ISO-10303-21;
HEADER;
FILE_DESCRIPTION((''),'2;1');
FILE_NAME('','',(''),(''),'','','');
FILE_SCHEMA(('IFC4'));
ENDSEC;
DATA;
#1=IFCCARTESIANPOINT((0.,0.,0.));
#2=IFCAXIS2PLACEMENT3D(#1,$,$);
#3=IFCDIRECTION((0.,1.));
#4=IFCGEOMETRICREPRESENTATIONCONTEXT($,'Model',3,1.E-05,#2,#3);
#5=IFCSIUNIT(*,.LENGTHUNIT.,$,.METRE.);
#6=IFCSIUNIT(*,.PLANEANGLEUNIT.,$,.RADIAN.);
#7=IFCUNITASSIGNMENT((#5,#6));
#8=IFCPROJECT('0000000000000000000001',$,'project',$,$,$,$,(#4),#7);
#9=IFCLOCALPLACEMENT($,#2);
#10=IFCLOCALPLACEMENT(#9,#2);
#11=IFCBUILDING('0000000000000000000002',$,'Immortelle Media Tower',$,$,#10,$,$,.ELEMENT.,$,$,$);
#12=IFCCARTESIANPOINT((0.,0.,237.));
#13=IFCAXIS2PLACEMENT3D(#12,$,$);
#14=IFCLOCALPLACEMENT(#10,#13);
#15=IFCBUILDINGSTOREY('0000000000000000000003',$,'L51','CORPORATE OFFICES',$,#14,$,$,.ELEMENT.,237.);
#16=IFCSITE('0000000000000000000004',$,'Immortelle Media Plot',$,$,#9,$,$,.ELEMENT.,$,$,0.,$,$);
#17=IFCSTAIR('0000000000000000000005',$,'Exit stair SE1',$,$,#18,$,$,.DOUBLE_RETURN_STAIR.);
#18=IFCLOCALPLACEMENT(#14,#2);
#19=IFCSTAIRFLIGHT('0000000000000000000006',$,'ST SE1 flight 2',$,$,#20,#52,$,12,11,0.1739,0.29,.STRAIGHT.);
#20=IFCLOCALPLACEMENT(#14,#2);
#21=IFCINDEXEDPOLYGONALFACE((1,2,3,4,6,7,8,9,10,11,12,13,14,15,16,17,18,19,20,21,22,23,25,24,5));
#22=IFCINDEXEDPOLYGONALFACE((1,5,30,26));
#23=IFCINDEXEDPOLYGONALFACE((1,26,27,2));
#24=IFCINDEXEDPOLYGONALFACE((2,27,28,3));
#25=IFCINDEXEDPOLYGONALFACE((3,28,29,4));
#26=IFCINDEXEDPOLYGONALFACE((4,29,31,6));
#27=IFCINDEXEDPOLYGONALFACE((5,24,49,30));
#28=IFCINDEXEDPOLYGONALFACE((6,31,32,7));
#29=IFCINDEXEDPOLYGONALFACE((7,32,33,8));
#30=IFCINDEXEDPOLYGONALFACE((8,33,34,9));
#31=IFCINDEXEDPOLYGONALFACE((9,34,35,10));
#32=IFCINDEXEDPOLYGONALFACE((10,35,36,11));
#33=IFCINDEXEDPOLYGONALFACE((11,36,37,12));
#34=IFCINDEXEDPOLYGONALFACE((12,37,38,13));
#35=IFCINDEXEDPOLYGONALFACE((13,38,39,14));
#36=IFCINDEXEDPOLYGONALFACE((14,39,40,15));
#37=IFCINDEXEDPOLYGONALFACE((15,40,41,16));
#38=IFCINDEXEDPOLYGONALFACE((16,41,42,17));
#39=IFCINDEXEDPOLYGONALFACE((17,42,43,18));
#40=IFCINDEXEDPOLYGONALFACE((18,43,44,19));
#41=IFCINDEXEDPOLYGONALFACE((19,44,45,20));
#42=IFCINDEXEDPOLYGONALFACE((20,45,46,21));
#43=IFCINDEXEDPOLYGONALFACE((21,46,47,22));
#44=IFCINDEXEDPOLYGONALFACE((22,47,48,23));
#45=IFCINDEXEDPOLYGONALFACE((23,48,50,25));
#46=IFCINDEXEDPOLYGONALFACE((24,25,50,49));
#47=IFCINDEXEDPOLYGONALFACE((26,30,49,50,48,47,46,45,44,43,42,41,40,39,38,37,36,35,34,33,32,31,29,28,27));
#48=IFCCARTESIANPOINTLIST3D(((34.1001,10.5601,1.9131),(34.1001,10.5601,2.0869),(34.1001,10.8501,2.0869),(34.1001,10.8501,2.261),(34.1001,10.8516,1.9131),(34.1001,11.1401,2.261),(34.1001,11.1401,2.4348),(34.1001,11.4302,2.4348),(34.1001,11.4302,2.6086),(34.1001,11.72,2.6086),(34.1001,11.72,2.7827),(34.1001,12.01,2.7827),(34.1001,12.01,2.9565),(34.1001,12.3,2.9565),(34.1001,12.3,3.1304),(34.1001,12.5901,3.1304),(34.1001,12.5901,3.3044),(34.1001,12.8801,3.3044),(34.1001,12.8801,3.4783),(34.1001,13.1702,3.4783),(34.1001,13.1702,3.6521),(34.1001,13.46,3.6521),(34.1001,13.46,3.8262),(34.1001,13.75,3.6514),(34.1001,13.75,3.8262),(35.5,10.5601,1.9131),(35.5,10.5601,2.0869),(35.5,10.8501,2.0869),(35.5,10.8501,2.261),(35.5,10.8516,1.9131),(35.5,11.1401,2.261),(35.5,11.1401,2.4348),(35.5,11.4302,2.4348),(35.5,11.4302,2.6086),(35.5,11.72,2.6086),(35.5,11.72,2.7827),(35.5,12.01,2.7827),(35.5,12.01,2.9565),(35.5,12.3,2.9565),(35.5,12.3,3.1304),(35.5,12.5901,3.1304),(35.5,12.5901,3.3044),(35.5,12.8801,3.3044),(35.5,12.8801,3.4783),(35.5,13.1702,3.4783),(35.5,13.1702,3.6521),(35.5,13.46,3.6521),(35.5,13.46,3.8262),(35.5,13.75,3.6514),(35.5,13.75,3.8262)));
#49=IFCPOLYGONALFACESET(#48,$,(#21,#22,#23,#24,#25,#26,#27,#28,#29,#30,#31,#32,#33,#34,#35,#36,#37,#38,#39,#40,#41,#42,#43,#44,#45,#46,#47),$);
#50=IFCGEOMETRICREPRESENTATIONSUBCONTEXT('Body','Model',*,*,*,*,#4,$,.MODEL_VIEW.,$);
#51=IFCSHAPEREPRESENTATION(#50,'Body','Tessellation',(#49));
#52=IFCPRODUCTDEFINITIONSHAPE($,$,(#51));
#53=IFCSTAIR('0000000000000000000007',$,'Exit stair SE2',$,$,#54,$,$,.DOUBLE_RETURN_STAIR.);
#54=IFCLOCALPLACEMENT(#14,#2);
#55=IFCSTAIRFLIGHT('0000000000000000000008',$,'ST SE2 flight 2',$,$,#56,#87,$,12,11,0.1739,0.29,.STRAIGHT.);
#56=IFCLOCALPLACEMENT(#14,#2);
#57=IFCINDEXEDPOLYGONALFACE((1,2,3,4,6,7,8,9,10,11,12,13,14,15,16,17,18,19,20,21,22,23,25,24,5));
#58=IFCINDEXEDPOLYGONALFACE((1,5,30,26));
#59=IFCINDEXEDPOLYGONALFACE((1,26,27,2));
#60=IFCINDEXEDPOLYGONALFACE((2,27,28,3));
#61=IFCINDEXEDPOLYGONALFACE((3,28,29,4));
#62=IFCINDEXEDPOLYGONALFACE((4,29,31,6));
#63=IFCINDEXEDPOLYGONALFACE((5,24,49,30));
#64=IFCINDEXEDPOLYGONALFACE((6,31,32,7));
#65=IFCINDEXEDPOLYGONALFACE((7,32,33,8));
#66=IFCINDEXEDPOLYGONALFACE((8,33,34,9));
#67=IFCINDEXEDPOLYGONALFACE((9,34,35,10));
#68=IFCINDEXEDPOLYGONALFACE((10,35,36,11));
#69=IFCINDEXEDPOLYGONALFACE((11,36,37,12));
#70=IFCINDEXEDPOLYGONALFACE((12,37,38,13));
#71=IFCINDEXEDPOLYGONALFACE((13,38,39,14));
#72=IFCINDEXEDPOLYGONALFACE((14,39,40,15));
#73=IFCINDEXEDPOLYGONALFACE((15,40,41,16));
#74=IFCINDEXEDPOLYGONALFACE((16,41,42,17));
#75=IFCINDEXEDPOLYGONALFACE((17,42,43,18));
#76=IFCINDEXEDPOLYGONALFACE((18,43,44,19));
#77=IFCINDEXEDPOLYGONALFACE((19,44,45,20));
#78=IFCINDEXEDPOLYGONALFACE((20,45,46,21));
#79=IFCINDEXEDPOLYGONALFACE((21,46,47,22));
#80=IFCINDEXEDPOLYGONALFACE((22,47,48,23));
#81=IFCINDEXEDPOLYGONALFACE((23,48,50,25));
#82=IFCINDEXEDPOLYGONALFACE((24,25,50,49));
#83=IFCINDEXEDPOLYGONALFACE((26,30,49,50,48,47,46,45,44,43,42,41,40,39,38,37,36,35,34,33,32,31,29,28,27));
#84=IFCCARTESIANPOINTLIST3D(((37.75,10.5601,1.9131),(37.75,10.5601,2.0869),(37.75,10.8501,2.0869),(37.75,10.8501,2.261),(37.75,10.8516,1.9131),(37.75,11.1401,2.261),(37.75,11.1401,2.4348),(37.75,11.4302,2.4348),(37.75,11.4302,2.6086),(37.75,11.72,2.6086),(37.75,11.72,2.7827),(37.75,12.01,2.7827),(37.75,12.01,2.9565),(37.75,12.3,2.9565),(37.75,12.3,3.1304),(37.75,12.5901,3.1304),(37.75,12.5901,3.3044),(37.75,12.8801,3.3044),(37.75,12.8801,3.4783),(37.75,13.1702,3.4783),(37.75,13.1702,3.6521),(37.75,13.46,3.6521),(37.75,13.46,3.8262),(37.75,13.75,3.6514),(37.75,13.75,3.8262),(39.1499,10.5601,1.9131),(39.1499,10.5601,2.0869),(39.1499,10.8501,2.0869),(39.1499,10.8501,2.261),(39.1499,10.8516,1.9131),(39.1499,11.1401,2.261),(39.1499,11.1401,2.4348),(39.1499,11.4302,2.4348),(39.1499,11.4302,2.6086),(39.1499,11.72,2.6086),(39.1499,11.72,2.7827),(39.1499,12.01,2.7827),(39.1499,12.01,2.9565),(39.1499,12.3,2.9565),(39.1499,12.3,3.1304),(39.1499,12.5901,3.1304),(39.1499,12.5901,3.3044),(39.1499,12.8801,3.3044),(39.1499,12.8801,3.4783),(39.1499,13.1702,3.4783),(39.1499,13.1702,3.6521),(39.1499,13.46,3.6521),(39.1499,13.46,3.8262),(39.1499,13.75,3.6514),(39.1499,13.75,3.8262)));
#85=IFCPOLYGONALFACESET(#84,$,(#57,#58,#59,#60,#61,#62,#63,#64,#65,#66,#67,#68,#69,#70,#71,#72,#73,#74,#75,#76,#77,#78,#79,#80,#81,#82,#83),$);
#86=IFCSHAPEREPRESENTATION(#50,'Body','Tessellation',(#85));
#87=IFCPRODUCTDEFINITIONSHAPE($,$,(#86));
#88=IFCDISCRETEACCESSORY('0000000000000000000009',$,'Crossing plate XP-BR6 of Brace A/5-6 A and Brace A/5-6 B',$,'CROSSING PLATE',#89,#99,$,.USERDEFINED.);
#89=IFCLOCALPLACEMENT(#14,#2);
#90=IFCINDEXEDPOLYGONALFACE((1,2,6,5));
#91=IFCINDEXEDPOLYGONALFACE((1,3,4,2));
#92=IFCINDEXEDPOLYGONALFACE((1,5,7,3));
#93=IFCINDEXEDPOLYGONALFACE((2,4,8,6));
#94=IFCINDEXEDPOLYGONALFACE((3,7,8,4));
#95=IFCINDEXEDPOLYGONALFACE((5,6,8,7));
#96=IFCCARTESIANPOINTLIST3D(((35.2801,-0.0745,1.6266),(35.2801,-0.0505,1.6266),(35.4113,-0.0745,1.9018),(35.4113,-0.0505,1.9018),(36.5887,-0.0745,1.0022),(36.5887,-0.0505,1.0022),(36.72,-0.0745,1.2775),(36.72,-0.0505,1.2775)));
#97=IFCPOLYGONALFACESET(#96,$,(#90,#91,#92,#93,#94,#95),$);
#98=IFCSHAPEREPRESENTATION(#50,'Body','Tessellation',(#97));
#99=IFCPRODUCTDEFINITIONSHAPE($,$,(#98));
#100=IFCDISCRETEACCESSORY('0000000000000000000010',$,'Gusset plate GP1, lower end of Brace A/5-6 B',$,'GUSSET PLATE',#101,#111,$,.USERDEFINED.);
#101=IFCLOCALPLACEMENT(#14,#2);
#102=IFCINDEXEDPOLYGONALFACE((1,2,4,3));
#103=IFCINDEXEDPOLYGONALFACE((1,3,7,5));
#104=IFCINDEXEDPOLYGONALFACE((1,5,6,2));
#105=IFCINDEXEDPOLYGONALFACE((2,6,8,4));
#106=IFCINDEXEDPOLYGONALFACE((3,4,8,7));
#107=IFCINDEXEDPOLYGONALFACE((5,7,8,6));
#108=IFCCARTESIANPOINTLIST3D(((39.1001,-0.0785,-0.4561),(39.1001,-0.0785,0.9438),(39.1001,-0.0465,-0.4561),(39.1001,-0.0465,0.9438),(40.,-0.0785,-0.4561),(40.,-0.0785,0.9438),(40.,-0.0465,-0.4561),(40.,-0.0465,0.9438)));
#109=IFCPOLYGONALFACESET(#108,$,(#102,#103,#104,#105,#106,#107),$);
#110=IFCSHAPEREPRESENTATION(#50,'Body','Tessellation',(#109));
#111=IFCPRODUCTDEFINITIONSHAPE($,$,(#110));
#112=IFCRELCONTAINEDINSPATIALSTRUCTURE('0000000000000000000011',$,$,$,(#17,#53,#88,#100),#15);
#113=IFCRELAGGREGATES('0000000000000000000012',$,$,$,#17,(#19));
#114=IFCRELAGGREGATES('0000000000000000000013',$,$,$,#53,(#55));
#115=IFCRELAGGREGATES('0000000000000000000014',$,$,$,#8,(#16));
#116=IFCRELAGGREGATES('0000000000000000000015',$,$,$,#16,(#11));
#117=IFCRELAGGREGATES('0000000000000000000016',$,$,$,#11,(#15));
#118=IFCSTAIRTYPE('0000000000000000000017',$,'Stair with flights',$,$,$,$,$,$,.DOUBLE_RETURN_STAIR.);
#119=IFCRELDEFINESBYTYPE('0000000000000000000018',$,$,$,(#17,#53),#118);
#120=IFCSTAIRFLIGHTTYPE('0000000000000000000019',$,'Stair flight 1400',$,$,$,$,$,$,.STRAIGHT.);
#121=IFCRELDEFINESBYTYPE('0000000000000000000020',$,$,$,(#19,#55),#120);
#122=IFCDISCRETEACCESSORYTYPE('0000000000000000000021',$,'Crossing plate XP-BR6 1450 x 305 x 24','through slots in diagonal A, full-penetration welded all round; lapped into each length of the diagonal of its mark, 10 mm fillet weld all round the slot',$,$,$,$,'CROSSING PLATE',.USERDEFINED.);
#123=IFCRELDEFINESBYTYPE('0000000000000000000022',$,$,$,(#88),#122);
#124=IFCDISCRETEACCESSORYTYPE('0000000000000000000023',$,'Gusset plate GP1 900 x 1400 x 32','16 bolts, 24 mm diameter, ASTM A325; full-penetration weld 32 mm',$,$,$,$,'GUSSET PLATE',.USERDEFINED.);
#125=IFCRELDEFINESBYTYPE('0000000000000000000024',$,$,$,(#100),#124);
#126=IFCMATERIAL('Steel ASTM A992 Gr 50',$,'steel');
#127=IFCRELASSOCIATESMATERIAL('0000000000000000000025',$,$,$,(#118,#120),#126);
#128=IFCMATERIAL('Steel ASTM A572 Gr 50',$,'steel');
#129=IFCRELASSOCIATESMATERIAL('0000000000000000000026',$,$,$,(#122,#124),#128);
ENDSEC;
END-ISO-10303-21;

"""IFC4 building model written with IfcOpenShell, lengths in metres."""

from ifc_helpers import new_model, si_unit, direction, frame, origin, origin_2d, place, context, subcontext, project, spatial, polyline, rectangle, outline, extrude, material, material_profile, profile_set, type_object, element, aggregate, save


model = new_model("IFC4")

# Units and contexts
model_context = context("Model", 3, precision=1e-05, world=origin(), true_north=direction((0.0, 1.0)))
body_context = subcontext(model_context, "Body", "Model", "MODEL_VIEW")
ifc_project = project(units=[si_unit("LENGTHUNIT", "METRE"), si_unit("PLANEANGLEUNIT", "RADIAN")], contexts=[model_context])

# Site, building, storey
site_placement = place(None, origin())
site = spatial("IfcSite", under=ifc_project, at=site_placement, Name="Immortelle Media Plot", CompositionType="ELEMENT", RefElevation=0.0)
building_placement = place(site_placement, origin())
building = spatial("IfcBuilding", under=site, at=building_placement, Name="Immortelle Media Tower", CompositionType="ELEMENT")
storey_placement = place(building_placement, frame((0.0, 0.0, 237.0)))
storey = spatial("IfcBuildingStorey", under=building, at=storey_placement, Name="L51", Description="CORPORATE OFFICES", CompositionType="ELEMENT", Elevation=237.0)

# Shared definitions
ifc_material_1 = material(Name="Steel ASTM A992 Gr 50", Category="steel")

# Stair, stair flight
stair_type = type_object("IfcStairType", Name="Stair with flights", PredefinedType="DOUBLE_RETURN_STAIR", material=ifc_material_1)
stair_1_placement = place(storey_placement, origin())
stair_1 = element("IfcStair", 1, at=stair_1_placement, inside=storey, type_object=stair_type, Name="Exit stair SE1", PredefinedType="DOUBLE_RETURN_STAIR")
stair_flight_type = type_object("IfcStairFlightType", Name="Stair flight 1400", PredefinedType="STRAIGHT", material=ifc_material_1)
stair_flight_1_placement = place(storey_placement, frame((34.8, 10.5601, 1.9131), z_axis=(0.0, 0.0, 1.0), x_axis=(0.0, 1.0, 0.0)))
stair_flight_1 = element("IfcStairFlight", 2, at=stair_flight_1_placement, type_object=stair_flight_type, Name="ST SE1 flight 2", NumberOfRisers=12, NumberOfTreads=11, PredefinedType="STRAIGHT", RiserHeight=0.1739, TreadLength=0.29, context=body_context, shape_type="SweptSolid", body=[
    extrude(outline(polyline([(0.0, 0.0), (0.0, 0.1738), (0.29, 0.1738), (0.29, 0.3479), (0.5801, 0.3479), (0.5801, 0.5217), (0.8701, 0.5217), (0.8701, 0.6956), (1.1599, 0.6956), (1.1599, 0.8696), (1.45, 0.8696), (1.45, 1.0435), (1.74, 1.0435), (1.74, 1.2173), (2.03, 1.2173), (2.03, 1.3914), (2.3201, 1.3914), (2.3201, 1.5652), (2.6101, 1.5652), (2.6101, 1.739), (2.8999, 1.739), (2.8999, 1.9131), (3.1899, 1.9131), (3.1899, 2.0869), (3.1899, 1.7383), (0.2915, 0.0), (0.0, 0.0)])), frame((0.0, 0.7, 0.0), z_axis=(0.0, -1.0, 0.0), x_axis=(1.0, 0.0, 0.0)), (0.0, 0.0, 1.0), 1.3999),
])
aggregate(stair_1, [stair_flight_1])

# Stair, stair flight
stair_2_placement = place(storey_placement, origin())
stair_2 = element("IfcStair", 3, at=stair_2_placement, inside=storey, type_object=stair_type, Name="Exit stair SE2", PredefinedType="DOUBLE_RETURN_STAIR")
stair_flight_2_placement = place(storey_placement, frame((38.45, 10.5601, 1.9131), z_axis=(0.0, 0.0, 1.0), x_axis=(0.0, 1.0, 0.0)))
stair_flight_2 = element("IfcStairFlight", 4, at=stair_flight_2_placement, type_object=stair_flight_type, Name="ST SE2 flight 2", NumberOfRisers=12, NumberOfTreads=11, PredefinedType="STRAIGHT", RiserHeight=0.1739, TreadLength=0.29, context=body_context, shape_type="SweptSolid", body=[
    extrude(outline(polyline([(0.0, 0.0), (0.0, 0.1738), (0.29, 0.1738), (0.29, 0.3479), (0.5801, 0.3479), (0.5801, 0.5217), (0.8701, 0.5217), (0.8701, 0.6956), (1.1599, 0.6956), (1.1599, 0.8696), (1.45, 0.8696), (1.45, 1.0435), (1.74, 1.0435), (1.74, 1.2173), (2.03, 1.2173), (2.03, 1.3914), (2.3201, 1.3914), (2.3201, 1.5652), (2.6101, 1.5652), (2.6101, 1.739), (2.8999, 1.739), (2.8999, 1.9131), (3.1899, 1.9131), (3.1899, 2.0869), (3.1899, 1.7383), (0.2915, 0.0), (0.0, 0.0)])), frame((0.0, 0.7, 0.0), z_axis=(0.0, -1.0, 0.0), x_axis=(1.0, 0.0, 0.0)), (0.0, 0.0, 1.0), 1.3999),
])
aggregate(stair_2, [stair_flight_2])

# Discrete accessories
ifc_material_2 = material(Name="Steel ASTM A572 Gr 50", Category="steel")
ifc_material_profile_1 = material_profile(ifc_material_2, rectangle(XDim=0.0239, YDim=0.3049, at=origin_2d()), Name="PL 24 x 305")
ifc_profile_set_1 = profile_set([ifc_material_profile_1], Name="Steel ASTM A572 Gr 50")
discrete_accessory_type_1 = type_object("IfcDiscreteAccessoryType", Name="Crossing plate XP-BR6 1450 x 305 x 24", Description="through slots in diagonal A, full-penetration welded all round; lapped into each length of the diagonal of its mark, 10 mm fillet weld all round the slot", ElementType="CROSSING PLATE", PredefinedType="USERDEFINED", material=ifc_profile_set_1)
discrete_accessory_1_placement = place(storey_placement, frame((35.3457, -0.0625, 1.7642), z_axis=(0.902558, 0.0, -0.430567), x_axis=(0.0, 1.0, 0.0)))
element("IfcDiscreteAccessory", 5, at=discrete_accessory_1_placement, inside=storey, type_object=discrete_accessory_type_1, Name="Crossing plate XP-BR6 of Brace A/5-6 A and Brace A/5-6 B", ObjectType="CROSSING PLATE", PredefinedType="USERDEFINED", context=body_context, shape_type="SweptSolid", body=[
    extrude(rectangle(XDim=0.0239, YDim=0.3049, at=origin_2d()), origin(), (0.0, 0.0, 1.0), 1.45),
])
ifc_material_profile_2 = material_profile(ifc_material_2, rectangle(XDim=0.032, YDim=1.3999, at=origin_2d()), Name="PL 32 x 1400")
ifc_profile_set_2 = profile_set([ifc_material_profile_2], Name="Steel ASTM A572 Gr 50")
discrete_accessory_type_2 = type_object("IfcDiscreteAccessoryType", Name="Gusset plate GP1 900 x 1400 x 32", Description="16 bolts, 24 mm diameter, ASTM A325; full-penetration weld 32 mm", ElementType="GUSSET PLATE", PredefinedType="USERDEFINED", material=ifc_profile_set_2)
discrete_accessory_2_placement = place(storey_placement, frame((40.0, -0.0625, 0.2439), z_axis=(-1.0, 0.0, 0.0), x_axis=(0.0, -1.0, 0.0)))
element("IfcDiscreteAccessory", 6, at=discrete_accessory_2_placement, inside=storey, type_object=discrete_accessory_type_2, Name="Gusset plate GP1, lower end of Brace A/5-6 B", ObjectType="GUSSET PLATE", PredefinedType="USERDEFINED", context=body_context, shape_type="SweptSolid", body=[
    extrude(rectangle(XDim=0.032, YDim=1.3999, at=origin_2d()), origin(), (0.0, 0.0, 1.0), 0.8999),
])

save(model, "model.ifc")
